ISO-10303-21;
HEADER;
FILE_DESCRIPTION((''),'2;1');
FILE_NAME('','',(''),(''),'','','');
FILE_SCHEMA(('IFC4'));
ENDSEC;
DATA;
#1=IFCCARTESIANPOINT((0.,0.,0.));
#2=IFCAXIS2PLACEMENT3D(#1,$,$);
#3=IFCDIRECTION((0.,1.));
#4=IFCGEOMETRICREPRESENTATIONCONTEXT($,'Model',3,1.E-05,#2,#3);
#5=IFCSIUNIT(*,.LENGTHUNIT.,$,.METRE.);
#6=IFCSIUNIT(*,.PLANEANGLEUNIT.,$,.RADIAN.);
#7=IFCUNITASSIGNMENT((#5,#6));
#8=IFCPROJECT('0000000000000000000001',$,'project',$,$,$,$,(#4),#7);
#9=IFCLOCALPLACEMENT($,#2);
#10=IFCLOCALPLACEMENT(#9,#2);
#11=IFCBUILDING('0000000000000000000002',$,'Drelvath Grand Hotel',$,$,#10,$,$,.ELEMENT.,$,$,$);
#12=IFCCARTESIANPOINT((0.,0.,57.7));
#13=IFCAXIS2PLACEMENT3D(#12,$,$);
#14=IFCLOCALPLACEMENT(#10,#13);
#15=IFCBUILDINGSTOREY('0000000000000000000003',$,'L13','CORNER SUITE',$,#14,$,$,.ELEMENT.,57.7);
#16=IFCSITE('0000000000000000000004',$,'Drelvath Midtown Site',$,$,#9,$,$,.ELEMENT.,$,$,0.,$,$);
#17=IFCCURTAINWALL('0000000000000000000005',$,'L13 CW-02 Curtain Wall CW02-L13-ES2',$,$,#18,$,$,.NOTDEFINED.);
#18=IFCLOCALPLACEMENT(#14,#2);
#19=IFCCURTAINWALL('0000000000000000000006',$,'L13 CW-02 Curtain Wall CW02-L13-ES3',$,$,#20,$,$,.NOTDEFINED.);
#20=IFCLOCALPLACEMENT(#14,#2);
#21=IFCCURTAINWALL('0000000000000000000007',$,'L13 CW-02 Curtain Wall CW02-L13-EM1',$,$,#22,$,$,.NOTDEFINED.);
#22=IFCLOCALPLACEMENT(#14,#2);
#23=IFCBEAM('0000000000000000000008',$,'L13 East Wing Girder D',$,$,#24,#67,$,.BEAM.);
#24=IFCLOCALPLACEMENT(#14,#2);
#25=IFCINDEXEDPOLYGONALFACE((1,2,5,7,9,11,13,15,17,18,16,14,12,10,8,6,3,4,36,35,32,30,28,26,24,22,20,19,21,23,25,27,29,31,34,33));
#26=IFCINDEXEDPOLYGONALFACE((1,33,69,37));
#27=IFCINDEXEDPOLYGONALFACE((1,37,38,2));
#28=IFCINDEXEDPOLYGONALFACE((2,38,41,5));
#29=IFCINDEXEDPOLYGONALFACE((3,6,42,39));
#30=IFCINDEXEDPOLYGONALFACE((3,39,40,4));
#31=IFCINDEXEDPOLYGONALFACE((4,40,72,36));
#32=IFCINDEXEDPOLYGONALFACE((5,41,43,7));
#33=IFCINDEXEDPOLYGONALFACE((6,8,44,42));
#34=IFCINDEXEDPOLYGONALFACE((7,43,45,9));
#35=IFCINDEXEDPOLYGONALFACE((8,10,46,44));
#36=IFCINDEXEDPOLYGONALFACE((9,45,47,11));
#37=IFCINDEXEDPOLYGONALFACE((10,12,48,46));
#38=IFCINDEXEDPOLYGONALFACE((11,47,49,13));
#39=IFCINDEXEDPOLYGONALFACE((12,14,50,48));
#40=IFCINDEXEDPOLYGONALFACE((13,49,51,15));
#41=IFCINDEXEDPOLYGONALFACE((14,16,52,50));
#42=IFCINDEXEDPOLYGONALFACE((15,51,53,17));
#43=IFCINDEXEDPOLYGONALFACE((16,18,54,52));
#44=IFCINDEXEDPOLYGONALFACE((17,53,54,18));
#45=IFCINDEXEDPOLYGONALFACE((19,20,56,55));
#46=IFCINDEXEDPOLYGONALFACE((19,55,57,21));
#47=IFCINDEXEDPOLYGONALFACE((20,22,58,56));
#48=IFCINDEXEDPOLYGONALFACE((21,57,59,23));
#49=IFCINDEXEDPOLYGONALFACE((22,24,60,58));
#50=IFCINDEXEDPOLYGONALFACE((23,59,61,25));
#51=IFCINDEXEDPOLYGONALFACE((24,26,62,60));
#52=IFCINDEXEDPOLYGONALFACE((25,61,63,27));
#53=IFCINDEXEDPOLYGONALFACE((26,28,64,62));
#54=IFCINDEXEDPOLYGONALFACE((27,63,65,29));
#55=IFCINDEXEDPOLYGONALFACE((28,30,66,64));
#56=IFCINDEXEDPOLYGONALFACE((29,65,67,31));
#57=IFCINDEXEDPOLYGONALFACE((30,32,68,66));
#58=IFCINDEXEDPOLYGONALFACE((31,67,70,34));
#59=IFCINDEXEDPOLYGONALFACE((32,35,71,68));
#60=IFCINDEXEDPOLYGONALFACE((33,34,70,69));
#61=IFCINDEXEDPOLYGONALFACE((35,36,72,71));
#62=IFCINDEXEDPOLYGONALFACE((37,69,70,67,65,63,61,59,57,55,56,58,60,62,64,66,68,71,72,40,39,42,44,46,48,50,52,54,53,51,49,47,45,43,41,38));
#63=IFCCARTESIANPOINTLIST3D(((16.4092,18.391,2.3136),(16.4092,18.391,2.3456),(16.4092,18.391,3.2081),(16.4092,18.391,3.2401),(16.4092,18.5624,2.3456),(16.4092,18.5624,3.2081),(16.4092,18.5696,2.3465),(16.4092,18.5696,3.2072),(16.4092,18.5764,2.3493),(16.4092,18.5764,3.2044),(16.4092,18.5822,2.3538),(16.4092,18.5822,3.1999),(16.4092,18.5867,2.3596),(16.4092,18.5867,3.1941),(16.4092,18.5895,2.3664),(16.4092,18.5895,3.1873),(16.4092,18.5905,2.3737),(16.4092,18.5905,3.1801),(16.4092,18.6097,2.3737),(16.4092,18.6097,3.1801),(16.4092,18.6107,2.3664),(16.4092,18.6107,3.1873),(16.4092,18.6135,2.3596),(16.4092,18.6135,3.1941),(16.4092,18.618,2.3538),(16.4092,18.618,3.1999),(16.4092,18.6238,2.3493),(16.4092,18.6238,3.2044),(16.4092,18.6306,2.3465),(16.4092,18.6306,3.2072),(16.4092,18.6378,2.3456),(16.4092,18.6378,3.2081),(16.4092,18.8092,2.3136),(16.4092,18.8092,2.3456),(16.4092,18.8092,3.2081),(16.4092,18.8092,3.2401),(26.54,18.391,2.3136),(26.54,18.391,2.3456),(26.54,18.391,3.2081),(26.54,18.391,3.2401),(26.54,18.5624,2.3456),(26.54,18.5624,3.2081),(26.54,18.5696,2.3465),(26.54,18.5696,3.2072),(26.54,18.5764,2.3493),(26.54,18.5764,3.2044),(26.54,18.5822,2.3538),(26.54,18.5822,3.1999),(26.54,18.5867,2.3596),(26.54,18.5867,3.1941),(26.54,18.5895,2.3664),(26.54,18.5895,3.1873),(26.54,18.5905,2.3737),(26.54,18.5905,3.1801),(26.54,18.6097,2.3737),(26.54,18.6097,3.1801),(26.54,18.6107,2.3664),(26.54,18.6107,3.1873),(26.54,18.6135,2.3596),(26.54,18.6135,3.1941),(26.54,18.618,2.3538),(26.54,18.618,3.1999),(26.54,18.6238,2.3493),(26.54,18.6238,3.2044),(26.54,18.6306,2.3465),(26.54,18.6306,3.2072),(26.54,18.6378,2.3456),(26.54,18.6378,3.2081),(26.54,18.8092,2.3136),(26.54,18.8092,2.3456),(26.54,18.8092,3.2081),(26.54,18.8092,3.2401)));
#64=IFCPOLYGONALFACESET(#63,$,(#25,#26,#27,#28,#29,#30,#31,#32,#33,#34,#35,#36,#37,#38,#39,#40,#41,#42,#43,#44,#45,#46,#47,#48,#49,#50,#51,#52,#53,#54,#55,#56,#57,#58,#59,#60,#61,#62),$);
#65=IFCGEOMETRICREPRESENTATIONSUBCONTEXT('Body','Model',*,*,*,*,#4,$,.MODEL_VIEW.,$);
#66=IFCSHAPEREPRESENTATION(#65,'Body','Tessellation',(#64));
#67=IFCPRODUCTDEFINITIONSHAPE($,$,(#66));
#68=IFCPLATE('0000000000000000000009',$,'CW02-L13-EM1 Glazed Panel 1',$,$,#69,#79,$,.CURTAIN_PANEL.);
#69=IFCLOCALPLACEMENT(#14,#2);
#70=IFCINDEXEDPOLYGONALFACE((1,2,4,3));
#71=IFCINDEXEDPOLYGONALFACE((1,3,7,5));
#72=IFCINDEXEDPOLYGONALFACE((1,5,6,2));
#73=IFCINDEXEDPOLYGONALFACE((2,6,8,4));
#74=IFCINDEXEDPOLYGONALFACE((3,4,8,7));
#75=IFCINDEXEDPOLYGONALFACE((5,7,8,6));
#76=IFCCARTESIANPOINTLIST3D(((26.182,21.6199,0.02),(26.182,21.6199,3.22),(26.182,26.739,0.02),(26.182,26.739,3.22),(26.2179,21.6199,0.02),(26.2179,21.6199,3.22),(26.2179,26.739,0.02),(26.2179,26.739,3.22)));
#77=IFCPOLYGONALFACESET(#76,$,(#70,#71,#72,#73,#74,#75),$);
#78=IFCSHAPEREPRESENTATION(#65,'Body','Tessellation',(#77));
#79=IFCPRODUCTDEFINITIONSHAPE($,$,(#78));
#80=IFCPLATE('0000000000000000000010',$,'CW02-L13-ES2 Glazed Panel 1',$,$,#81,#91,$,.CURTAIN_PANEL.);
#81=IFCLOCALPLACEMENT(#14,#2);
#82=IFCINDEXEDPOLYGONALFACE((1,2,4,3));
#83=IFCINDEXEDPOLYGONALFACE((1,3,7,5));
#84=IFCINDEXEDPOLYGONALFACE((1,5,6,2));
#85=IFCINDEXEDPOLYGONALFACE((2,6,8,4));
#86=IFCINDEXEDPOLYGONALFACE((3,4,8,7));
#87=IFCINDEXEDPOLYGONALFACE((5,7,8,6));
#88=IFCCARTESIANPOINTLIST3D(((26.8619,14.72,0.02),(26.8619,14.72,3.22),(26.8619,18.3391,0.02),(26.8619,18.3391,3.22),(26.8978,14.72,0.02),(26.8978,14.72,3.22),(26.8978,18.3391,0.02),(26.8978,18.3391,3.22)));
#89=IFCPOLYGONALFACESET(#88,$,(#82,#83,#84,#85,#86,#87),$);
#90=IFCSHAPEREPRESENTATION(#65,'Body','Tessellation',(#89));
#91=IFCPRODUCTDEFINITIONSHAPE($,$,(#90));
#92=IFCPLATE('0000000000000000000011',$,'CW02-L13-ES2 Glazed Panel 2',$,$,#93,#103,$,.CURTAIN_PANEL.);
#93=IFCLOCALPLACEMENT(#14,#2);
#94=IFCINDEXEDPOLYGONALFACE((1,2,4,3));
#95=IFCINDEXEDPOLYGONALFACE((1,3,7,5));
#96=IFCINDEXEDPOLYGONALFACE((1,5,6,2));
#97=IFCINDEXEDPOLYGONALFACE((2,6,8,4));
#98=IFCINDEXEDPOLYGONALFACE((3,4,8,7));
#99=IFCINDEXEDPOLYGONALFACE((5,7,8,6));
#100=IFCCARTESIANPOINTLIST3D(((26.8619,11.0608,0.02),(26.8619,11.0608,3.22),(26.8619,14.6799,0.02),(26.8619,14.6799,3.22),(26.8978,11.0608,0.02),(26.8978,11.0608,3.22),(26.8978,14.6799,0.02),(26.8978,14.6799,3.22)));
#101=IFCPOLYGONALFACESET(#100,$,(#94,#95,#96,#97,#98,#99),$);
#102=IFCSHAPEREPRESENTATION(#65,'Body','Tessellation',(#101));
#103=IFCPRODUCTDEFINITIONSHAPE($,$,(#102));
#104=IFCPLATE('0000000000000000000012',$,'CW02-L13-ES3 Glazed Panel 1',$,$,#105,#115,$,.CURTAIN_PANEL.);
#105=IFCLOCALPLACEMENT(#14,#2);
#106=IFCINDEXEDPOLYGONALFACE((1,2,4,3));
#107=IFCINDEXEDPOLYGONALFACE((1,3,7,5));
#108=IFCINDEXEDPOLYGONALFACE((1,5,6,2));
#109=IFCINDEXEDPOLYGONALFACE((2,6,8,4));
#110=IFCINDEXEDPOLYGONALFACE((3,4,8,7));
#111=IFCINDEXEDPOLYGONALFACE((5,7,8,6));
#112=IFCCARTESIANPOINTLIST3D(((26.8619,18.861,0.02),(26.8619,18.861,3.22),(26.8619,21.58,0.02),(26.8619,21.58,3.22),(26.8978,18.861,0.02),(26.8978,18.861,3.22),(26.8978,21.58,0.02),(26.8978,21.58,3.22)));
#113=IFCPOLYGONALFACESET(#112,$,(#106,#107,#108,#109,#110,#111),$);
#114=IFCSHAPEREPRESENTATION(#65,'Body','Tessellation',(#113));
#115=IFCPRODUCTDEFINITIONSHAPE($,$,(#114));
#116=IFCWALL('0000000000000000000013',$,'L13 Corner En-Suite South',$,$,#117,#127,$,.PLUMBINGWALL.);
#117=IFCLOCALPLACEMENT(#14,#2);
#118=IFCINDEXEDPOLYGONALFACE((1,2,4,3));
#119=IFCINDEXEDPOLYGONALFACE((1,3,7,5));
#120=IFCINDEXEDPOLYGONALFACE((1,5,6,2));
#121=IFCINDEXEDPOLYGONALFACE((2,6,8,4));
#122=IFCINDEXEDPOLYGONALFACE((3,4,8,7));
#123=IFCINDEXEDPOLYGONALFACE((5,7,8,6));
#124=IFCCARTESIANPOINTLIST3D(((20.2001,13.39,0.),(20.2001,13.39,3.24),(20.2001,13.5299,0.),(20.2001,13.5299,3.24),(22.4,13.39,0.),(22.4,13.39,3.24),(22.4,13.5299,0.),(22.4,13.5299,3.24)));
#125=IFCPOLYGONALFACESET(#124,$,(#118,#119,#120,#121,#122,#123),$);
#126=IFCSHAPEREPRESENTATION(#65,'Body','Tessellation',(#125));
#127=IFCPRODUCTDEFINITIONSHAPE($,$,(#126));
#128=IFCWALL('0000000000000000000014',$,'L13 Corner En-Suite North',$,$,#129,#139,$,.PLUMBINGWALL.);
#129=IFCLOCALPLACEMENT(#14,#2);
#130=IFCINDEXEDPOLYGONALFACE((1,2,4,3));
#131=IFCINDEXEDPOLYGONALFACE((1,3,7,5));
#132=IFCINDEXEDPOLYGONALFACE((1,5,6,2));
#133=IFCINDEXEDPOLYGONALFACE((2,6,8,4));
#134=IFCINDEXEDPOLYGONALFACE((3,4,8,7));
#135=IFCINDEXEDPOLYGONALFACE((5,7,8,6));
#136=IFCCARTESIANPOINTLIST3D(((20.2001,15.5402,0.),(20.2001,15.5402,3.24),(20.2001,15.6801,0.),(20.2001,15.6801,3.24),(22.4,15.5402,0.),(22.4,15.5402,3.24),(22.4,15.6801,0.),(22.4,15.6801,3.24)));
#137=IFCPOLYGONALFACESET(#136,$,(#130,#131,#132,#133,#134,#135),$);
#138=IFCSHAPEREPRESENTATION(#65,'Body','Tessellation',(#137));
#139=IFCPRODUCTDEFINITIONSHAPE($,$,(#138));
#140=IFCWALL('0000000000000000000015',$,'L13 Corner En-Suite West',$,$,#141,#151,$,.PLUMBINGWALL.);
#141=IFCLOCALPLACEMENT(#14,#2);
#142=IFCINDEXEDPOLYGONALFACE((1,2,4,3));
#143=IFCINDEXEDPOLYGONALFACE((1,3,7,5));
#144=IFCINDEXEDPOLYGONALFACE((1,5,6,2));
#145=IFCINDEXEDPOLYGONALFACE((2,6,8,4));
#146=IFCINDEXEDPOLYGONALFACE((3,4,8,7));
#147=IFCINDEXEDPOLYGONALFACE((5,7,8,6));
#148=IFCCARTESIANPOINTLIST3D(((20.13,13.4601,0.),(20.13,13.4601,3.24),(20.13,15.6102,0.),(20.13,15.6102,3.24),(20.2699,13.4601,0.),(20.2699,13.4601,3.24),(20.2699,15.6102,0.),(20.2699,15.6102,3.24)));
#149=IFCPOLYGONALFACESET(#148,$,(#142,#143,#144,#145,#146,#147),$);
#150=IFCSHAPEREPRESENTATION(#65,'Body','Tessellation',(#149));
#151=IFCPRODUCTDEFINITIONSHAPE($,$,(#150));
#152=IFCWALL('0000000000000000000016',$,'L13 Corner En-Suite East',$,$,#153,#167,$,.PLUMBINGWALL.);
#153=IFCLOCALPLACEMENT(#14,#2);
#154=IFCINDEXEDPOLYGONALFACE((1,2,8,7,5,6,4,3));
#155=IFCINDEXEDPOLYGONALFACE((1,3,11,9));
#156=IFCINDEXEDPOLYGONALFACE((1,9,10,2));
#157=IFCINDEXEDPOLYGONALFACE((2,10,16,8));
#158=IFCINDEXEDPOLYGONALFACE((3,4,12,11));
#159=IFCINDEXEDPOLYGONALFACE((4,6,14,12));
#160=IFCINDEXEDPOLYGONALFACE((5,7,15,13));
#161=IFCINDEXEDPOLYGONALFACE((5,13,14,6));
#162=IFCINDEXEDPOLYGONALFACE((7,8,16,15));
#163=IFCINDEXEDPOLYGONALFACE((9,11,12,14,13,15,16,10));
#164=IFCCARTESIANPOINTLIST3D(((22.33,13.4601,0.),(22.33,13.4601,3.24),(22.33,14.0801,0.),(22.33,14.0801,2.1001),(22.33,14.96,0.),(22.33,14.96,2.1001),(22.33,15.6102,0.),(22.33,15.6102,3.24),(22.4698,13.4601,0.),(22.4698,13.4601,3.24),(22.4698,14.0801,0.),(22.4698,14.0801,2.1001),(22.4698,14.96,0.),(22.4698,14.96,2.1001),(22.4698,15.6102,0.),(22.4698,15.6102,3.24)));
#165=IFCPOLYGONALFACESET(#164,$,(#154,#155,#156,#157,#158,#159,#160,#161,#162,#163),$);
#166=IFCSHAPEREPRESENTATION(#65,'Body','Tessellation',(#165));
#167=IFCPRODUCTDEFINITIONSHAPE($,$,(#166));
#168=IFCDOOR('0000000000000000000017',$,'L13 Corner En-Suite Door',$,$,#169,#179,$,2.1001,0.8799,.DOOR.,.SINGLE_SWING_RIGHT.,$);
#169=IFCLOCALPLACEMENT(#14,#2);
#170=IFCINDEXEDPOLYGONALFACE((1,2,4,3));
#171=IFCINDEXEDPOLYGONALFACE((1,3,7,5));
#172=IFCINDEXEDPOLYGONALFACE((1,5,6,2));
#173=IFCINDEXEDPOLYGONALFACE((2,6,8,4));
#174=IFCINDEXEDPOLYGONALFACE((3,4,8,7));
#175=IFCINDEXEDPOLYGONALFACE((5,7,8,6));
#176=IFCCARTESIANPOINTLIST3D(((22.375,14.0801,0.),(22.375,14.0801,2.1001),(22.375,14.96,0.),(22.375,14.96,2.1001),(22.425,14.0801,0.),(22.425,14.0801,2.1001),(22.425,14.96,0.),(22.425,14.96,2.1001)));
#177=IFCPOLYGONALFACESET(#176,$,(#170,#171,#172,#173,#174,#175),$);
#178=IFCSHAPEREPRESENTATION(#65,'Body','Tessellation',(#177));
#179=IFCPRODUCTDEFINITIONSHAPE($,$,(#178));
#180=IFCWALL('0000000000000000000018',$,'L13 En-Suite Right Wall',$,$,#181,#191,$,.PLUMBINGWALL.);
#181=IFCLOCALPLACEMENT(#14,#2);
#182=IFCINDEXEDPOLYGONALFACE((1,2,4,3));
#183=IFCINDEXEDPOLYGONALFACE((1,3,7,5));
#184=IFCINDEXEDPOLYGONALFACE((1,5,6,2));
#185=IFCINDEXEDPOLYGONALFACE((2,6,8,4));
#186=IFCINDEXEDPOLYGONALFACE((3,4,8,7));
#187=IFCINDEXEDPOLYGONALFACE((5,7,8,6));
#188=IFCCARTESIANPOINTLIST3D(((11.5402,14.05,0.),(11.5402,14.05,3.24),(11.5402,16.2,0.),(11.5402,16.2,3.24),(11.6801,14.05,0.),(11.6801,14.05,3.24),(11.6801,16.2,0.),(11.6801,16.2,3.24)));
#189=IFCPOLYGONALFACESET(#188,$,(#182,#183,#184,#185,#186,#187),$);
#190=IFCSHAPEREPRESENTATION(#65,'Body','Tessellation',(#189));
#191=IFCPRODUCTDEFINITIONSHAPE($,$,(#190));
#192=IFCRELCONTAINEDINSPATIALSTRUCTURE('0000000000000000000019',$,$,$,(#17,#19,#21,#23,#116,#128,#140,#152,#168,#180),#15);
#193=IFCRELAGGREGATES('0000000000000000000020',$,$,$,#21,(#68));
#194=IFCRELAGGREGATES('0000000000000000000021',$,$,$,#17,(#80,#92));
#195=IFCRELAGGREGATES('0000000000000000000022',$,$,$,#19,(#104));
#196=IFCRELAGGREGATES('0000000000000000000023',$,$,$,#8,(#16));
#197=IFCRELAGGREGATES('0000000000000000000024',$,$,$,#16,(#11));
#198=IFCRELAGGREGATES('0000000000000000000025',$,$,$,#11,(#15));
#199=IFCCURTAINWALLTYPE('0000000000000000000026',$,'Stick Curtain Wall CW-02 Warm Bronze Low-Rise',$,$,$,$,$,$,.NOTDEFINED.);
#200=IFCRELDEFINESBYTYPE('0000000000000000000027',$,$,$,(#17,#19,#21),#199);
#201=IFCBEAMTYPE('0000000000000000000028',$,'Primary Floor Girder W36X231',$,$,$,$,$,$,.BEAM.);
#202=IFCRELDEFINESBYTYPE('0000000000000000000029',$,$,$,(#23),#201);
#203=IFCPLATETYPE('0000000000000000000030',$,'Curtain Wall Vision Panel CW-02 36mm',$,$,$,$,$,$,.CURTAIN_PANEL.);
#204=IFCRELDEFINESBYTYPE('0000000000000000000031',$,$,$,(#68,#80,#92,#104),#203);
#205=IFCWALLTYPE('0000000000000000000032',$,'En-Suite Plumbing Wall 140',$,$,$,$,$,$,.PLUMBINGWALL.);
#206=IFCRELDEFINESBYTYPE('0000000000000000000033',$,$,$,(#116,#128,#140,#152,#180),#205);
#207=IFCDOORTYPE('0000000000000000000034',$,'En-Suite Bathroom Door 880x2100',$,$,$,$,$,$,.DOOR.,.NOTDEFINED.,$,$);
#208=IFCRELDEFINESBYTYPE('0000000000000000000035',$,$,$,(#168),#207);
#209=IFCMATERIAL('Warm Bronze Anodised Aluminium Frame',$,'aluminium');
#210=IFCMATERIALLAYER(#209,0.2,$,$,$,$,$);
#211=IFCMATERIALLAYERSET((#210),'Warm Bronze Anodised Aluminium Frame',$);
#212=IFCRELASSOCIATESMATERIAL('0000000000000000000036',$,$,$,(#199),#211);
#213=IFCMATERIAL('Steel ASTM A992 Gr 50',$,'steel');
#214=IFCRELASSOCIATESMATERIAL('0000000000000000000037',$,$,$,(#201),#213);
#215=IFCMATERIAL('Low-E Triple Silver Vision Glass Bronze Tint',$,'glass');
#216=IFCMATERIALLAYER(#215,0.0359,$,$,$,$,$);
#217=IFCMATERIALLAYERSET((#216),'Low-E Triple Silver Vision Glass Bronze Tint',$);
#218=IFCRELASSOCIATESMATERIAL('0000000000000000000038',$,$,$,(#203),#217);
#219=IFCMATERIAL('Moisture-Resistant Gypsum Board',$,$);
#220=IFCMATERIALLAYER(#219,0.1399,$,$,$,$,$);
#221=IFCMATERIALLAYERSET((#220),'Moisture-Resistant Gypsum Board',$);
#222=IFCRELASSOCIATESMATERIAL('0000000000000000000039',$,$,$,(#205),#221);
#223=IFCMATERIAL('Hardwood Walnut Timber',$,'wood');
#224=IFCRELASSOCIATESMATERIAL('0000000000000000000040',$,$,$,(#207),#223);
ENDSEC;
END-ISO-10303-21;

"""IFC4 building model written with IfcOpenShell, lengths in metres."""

from ifc_helpers import new_model, si_unit, direction, frame, frame_2d, origin, origin_2d, place, context, subcontext, project, spatial, rectangle, i_section, extrude, material, layer, layer_set, material_profile, profile_set, type_object, element, fill, aggregate, save


model = new_model("IFC4")

# Units and contexts
model_context = context("Model", 3, precision=1e-05, world=origin(), true_north=direction((0.0, 1.0)))
body_context = subcontext(model_context, "Body", "Model", "MODEL_VIEW")
ifc_project = project(units=[si_unit("LENGTHUNIT", "METRE"), si_unit("PLANEANGLEUNIT", "RADIAN")], contexts=[model_context])

# Site, building, storey
site_placement = place(None, origin())
site = spatial("IfcSite", under=ifc_project, at=site_placement, Name="Drelvath Midtown Site", CompositionType="ELEMENT", RefElevation=0.0)
building_placement = place(site_placement, origin())
building = spatial("IfcBuilding", under=site, at=building_placement, Name="Drelvath Grand Hotel", CompositionType="ELEMENT")
storey_placement = place(building_placement, frame((0.0, 0.0, 57.7)))
storey = spatial("IfcBuildingStorey", under=building, at=storey_placement, Name="L13", Description="CORNER SUITE", CompositionType="ELEMENT", Elevation=57.7)

# Curtain walls
ifc_material_1 = material(Name="Warm Bronze Anodised Aluminium Frame", Category="aluminium")
ifc_layer_1 = layer(ifc_material_1, 0.2)
ifc_layer_set_1 = layer_set([ifc_layer_1], Name="Warm Bronze Anodised Aluminium Frame")
curtain_wall_type = type_object("IfcCurtainWallType", Name="Stick Curtain Wall CW-02 Warm Bronze Low-Rise", PredefinedType="NOTDEFINED", material=ifc_layer_set_1)
curtain_wall_1_placement = place(storey_placement, origin())
curtain_wall_1 = element("IfcCurtainWall", 1, at=curtain_wall_1_placement, inside=storey, type_object=curtain_wall_type, Name="L13 CW-02 Curtain Wall CW02-L13-ES2", PredefinedType="NOTDEFINED")
curtain_wall_2_placement = place(storey_placement, origin())
curtain_wall_2 = element("IfcCurtainWall", 2, at=curtain_wall_2_placement, inside=storey, type_object=curtain_wall_type, Name="L13 CW-02 Curtain Wall CW02-L13-ES3", PredefinedType="NOTDEFINED")
curtain_wall_3_placement = place(storey_placement, origin())
curtain_wall_3 = element("IfcCurtainWall", 3, at=curtain_wall_3_placement, inside=storey, type_object=curtain_wall_type, Name="L13 CW-02 Curtain Wall CW02-L13-EM1", PredefinedType="NOTDEFINED")

# Beam
ifc_material_2 = material(Name="Steel ASTM A992 Gr 50", Category="steel")
ifc_material_profile_1 = material_profile(ifc_material_2, i_section(OverallWidth=0.4182, OverallDepth=0.9265, WebThickness=0.0193, FlangeThickness=0.032, FilletRadius=0.0281, at=origin_2d()), Name="W36X231")
ifc_profile_set_1 = profile_set([ifc_material_profile_1], Name="Steel ASTM A992 Gr 50")
beam_type_1 = type_object("IfcBeamType", Name="Primary Floor Girder W36X231", PredefinedType="BEAM", material=ifc_profile_set_1)
beam_1_placement = place(storey_placement, frame((16.4092, 18.6001, 2.7769), z_axis=(1.0, 0.0, 0.0), x_axis=(0.0, 1.0, 0.0)))
element("IfcBeam", 4, at=beam_1_placement, inside=storey, type_object=beam_type_1, Name="L13 East Wing Girder D", PredefinedType="BEAM", context=body_context, shape_type="SweptSolid", body=[
    extrude(i_section(OverallWidth=0.4182, OverallDepth=0.9265, WebThickness=0.0193, FlangeThickness=0.032, FilletRadius=0.0281, at=origin_2d()), origin(), (0.0, 0.0, 1.0), 10.1309),
])

# Plates
ifc_material_3 = material(Name="Low-E Triple Silver Vision Glass Bronze Tint", Category="glass")
ifc_layer_2 = layer(ifc_material_3, 0.0359)
ifc_layer_set_2 = layer_set([ifc_layer_2], Name="Low-E Triple Silver Vision Glass Bronze Tint")
plate_type = type_object("IfcPlateType", Name="Curtain Wall Vision Panel CW-02 36mm", PredefinedType="CURTAIN_PANEL", material=ifc_layer_set_2)
plate_1_placement = place(storey_placement, frame((26.2, 24.1794, 0.02), z_axis=(0.0, 0.0, 1.0), x_axis=(0.0, -1.0, 0.0)))
plate_1 = element("IfcPlate", 5, at=plate_1_placement, type_object=plate_type, Name="CW02-L13-EM1 Glazed Panel 1", PredefinedType="CURTAIN_PANEL", context=body_context, shape_type="SweptSolid", body=[
    extrude(rectangle(XDim=5.1191, YDim=0.0359, at=origin_2d()), origin(), (0.0, 0.0, 1.0), 3.2),
])
aggregate(curtain_wall_3, [plate_1])
plate_2_placement = place(storey_placement, frame((26.8799, 16.5295, 0.02), z_axis=(0.0, 0.0, 1.0), x_axis=(0.0, -1.0, 0.0)))
plate_2 = element("IfcPlate", 6, at=plate_2_placement, type_object=plate_type, Name="CW02-L13-ES2 Glazed Panel 1", PredefinedType="CURTAIN_PANEL", context=body_context, shape_type="SweptSolid", body=[
    extrude(rectangle(XDim=3.6191, YDim=0.0359, at=origin_2d()), origin(), (0.0, 0.0, 1.0), 3.2),
])
plate_3_placement = place(storey_placement, frame((26.8799, 12.8704, 0.02), z_axis=(0.0, 0.0, 1.0), x_axis=(0.0, -1.0, 0.0)))
plate_3 = element("IfcPlate", 7, at=plate_3_placement, type_object=plate_type, Name="CW02-L13-ES2 Glazed Panel 2", PredefinedType="CURTAIN_PANEL", context=body_context, shape_type="SweptSolid", body=[
    extrude(rectangle(XDim=3.6191, YDim=0.0359, at=origin_2d()), origin(), (0.0, 0.0, 1.0), 3.2),
])
aggregate(curtain_wall_1, [plate_2, plate_3])
plate_4_placement = place(storey_placement, frame((26.8799, 20.2205, 0.02), z_axis=(0.0, 0.0, 1.0), x_axis=(0.0, -1.0, 0.0)))
plate_4 = element("IfcPlate", 8, at=plate_4_placement, type_object=plate_type, Name="CW02-L13-ES3 Glazed Panel 1", PredefinedType="CURTAIN_PANEL", context=body_context, shape_type="SweptSolid", body=[
    extrude(rectangle(XDim=2.719, YDim=0.0359, at=origin_2d()), origin(), (0.0, 0.0, 1.0), 3.2),
])
aggregate(curtain_wall_2, [plate_4])

# Shared definitions
ifc_material_4 = material(Name="Hardwood Walnut Timber", Category="wood")

# Walls
ifc_material_5 = material(Name="Moisture-Resistant Gypsum Board")
ifc_layer_3 = layer(ifc_material_5, 0.1399)
ifc_layer_set_3 = layer_set([ifc_layer_3], Name="Moisture-Resistant Gypsum Board")
wall_type_1 = type_object("IfcWallType", Name="En-Suite Plumbing Wall 140", PredefinedType="PLUMBINGWALL", material=ifc_layer_set_3)
for number, where, z_axis, x_axis, name in (
    (9, (20.2, 13.46, 0.0), (0.0, 0.0, 1.0), (1.0, 0.0, 0.0), "L13 Corner En-Suite South"),
    (10, (20.2, 15.6101, 0.0), (0.0, 0.0, 1.0), (1.0, 0.0, 0.0), "L13 Corner En-Suite North"),
):
    element("IfcWall", number, at=place(storey_placement, frame(where, z_axis=z_axis, x_axis=x_axis)), inside=storey, type_object=wall_type_1, Name=name, PredefinedType="PLUMBINGWALL", context=body_context, shape_type="SweptSolid", body=[
        extrude(rectangle(XDim=2.2, YDim=0.1399, at=frame_2d((1.1001, 0.0))), origin(), (0.0, 0.0, 1.0), 3.24),
    ])
wall_1_placement = place(storey_placement, frame((20.2, 13.46, 0.0), z_axis=(0.0, 0.0, 1.0), x_axis=(0.0, 1.0, 0.0)))
element("IfcWall", 11, at=wall_1_placement, inside=storey, type_object=wall_type_1, Name="L13 Corner En-Suite West", PredefinedType="PLUMBINGWALL", context=body_context, shape_type="SweptSolid", body=[
    extrude(rectangle(XDim=2.1501, YDim=0.1399, at=frame_2d((1.0752, 0.0))), origin(), (0.0, 0.0, 1.0), 3.24),
])

# Wall, opening, door
wall_2_placement = place(storey_placement, frame((22.3999, 13.46, 0.0), z_axis=(0.0, 0.0, 1.0), x_axis=(0.0, 1.0, 0.0)))
wall_2 = element("IfcWall", 12, at=wall_2_placement, inside=storey, type_object=wall_type_1, Name="L13 Corner En-Suite East", PredefinedType="PLUMBINGWALL", context=body_context, shape_type="SweptSolid", body=[
    extrude(rectangle(XDim=2.1501, YDim=0.1399, at=frame_2d((1.0752, 0.0))), origin(), (0.0, 0.0, 1.0), 3.24),
])
opening_1_placement = place(wall_2_placement, frame((0.6201, 0.0, 0.0)))
opening_1 = element("IfcOpeningElement", 13, at=opening_1_placement, cuts=wall_2, PredefinedType="OPENING", context=body_context, shape_type="SweptSolid", body=[
    extrude(rectangle(XDim=0.8799, YDim=2.1001, at=frame_2d((0.4399, 1.05))), frame((0.0, 0.0798, 0.0), z_axis=(0.0, -1.0, 0.0), x_axis=(1.0, 0.0, 0.0)), (0.0, 0.0, 1.0), 0.1599),
])
door_type_1 = type_object("IfcDoorType", Name="En-Suite Bathroom Door 880x2100", OperationType="NOTDEFINED", PredefinedType="DOOR", material=ifc_material_4)
door_1_placement = place(opening_1_placement, origin())
door_1 = element("IfcDoor", 14, at=door_1_placement, inside=storey, type_object=door_type_1, Name="L13 Corner En-Suite Door", OperationType="SINGLE_SWING_RIGHT", OverallHeight=2.1001, OverallWidth=0.8799, PredefinedType="DOOR", context=body_context, shape_type="SweptSolid", body=[
    extrude(rectangle(XDim=0.8799, YDim=2.1001, at=frame_2d((0.4399, 1.05))), frame((0.0, 0.0249, 0.0), z_axis=(0.0, -1.0, 0.0), x_axis=(1.0, 0.0, 0.0)), (0.0, 0.0, 1.0), 0.05),
])
fill(opening_1, door_1)

# Wall
wall_3_placement = place(storey_placement, frame((11.6101, 16.2, 0.0), z_axis=(0.0, 0.0, 1.0), x_axis=(0.0, -1.0, 0.0)))
element("IfcWall", 15, at=wall_3_placement, inside=storey, type_object=wall_type_1, Name="L13 En-Suite Right Wall", PredefinedType="PLUMBINGWALL", context=body_context, shape_type="SweptSolid", body=[
    extrude(rectangle(XDim=2.1499, YDim=0.1399, at=frame_2d((1.075, 0.0))), origin(), (0.0, 0.0, 1.0), 3.24),
])

save(model, "model.ifc")
